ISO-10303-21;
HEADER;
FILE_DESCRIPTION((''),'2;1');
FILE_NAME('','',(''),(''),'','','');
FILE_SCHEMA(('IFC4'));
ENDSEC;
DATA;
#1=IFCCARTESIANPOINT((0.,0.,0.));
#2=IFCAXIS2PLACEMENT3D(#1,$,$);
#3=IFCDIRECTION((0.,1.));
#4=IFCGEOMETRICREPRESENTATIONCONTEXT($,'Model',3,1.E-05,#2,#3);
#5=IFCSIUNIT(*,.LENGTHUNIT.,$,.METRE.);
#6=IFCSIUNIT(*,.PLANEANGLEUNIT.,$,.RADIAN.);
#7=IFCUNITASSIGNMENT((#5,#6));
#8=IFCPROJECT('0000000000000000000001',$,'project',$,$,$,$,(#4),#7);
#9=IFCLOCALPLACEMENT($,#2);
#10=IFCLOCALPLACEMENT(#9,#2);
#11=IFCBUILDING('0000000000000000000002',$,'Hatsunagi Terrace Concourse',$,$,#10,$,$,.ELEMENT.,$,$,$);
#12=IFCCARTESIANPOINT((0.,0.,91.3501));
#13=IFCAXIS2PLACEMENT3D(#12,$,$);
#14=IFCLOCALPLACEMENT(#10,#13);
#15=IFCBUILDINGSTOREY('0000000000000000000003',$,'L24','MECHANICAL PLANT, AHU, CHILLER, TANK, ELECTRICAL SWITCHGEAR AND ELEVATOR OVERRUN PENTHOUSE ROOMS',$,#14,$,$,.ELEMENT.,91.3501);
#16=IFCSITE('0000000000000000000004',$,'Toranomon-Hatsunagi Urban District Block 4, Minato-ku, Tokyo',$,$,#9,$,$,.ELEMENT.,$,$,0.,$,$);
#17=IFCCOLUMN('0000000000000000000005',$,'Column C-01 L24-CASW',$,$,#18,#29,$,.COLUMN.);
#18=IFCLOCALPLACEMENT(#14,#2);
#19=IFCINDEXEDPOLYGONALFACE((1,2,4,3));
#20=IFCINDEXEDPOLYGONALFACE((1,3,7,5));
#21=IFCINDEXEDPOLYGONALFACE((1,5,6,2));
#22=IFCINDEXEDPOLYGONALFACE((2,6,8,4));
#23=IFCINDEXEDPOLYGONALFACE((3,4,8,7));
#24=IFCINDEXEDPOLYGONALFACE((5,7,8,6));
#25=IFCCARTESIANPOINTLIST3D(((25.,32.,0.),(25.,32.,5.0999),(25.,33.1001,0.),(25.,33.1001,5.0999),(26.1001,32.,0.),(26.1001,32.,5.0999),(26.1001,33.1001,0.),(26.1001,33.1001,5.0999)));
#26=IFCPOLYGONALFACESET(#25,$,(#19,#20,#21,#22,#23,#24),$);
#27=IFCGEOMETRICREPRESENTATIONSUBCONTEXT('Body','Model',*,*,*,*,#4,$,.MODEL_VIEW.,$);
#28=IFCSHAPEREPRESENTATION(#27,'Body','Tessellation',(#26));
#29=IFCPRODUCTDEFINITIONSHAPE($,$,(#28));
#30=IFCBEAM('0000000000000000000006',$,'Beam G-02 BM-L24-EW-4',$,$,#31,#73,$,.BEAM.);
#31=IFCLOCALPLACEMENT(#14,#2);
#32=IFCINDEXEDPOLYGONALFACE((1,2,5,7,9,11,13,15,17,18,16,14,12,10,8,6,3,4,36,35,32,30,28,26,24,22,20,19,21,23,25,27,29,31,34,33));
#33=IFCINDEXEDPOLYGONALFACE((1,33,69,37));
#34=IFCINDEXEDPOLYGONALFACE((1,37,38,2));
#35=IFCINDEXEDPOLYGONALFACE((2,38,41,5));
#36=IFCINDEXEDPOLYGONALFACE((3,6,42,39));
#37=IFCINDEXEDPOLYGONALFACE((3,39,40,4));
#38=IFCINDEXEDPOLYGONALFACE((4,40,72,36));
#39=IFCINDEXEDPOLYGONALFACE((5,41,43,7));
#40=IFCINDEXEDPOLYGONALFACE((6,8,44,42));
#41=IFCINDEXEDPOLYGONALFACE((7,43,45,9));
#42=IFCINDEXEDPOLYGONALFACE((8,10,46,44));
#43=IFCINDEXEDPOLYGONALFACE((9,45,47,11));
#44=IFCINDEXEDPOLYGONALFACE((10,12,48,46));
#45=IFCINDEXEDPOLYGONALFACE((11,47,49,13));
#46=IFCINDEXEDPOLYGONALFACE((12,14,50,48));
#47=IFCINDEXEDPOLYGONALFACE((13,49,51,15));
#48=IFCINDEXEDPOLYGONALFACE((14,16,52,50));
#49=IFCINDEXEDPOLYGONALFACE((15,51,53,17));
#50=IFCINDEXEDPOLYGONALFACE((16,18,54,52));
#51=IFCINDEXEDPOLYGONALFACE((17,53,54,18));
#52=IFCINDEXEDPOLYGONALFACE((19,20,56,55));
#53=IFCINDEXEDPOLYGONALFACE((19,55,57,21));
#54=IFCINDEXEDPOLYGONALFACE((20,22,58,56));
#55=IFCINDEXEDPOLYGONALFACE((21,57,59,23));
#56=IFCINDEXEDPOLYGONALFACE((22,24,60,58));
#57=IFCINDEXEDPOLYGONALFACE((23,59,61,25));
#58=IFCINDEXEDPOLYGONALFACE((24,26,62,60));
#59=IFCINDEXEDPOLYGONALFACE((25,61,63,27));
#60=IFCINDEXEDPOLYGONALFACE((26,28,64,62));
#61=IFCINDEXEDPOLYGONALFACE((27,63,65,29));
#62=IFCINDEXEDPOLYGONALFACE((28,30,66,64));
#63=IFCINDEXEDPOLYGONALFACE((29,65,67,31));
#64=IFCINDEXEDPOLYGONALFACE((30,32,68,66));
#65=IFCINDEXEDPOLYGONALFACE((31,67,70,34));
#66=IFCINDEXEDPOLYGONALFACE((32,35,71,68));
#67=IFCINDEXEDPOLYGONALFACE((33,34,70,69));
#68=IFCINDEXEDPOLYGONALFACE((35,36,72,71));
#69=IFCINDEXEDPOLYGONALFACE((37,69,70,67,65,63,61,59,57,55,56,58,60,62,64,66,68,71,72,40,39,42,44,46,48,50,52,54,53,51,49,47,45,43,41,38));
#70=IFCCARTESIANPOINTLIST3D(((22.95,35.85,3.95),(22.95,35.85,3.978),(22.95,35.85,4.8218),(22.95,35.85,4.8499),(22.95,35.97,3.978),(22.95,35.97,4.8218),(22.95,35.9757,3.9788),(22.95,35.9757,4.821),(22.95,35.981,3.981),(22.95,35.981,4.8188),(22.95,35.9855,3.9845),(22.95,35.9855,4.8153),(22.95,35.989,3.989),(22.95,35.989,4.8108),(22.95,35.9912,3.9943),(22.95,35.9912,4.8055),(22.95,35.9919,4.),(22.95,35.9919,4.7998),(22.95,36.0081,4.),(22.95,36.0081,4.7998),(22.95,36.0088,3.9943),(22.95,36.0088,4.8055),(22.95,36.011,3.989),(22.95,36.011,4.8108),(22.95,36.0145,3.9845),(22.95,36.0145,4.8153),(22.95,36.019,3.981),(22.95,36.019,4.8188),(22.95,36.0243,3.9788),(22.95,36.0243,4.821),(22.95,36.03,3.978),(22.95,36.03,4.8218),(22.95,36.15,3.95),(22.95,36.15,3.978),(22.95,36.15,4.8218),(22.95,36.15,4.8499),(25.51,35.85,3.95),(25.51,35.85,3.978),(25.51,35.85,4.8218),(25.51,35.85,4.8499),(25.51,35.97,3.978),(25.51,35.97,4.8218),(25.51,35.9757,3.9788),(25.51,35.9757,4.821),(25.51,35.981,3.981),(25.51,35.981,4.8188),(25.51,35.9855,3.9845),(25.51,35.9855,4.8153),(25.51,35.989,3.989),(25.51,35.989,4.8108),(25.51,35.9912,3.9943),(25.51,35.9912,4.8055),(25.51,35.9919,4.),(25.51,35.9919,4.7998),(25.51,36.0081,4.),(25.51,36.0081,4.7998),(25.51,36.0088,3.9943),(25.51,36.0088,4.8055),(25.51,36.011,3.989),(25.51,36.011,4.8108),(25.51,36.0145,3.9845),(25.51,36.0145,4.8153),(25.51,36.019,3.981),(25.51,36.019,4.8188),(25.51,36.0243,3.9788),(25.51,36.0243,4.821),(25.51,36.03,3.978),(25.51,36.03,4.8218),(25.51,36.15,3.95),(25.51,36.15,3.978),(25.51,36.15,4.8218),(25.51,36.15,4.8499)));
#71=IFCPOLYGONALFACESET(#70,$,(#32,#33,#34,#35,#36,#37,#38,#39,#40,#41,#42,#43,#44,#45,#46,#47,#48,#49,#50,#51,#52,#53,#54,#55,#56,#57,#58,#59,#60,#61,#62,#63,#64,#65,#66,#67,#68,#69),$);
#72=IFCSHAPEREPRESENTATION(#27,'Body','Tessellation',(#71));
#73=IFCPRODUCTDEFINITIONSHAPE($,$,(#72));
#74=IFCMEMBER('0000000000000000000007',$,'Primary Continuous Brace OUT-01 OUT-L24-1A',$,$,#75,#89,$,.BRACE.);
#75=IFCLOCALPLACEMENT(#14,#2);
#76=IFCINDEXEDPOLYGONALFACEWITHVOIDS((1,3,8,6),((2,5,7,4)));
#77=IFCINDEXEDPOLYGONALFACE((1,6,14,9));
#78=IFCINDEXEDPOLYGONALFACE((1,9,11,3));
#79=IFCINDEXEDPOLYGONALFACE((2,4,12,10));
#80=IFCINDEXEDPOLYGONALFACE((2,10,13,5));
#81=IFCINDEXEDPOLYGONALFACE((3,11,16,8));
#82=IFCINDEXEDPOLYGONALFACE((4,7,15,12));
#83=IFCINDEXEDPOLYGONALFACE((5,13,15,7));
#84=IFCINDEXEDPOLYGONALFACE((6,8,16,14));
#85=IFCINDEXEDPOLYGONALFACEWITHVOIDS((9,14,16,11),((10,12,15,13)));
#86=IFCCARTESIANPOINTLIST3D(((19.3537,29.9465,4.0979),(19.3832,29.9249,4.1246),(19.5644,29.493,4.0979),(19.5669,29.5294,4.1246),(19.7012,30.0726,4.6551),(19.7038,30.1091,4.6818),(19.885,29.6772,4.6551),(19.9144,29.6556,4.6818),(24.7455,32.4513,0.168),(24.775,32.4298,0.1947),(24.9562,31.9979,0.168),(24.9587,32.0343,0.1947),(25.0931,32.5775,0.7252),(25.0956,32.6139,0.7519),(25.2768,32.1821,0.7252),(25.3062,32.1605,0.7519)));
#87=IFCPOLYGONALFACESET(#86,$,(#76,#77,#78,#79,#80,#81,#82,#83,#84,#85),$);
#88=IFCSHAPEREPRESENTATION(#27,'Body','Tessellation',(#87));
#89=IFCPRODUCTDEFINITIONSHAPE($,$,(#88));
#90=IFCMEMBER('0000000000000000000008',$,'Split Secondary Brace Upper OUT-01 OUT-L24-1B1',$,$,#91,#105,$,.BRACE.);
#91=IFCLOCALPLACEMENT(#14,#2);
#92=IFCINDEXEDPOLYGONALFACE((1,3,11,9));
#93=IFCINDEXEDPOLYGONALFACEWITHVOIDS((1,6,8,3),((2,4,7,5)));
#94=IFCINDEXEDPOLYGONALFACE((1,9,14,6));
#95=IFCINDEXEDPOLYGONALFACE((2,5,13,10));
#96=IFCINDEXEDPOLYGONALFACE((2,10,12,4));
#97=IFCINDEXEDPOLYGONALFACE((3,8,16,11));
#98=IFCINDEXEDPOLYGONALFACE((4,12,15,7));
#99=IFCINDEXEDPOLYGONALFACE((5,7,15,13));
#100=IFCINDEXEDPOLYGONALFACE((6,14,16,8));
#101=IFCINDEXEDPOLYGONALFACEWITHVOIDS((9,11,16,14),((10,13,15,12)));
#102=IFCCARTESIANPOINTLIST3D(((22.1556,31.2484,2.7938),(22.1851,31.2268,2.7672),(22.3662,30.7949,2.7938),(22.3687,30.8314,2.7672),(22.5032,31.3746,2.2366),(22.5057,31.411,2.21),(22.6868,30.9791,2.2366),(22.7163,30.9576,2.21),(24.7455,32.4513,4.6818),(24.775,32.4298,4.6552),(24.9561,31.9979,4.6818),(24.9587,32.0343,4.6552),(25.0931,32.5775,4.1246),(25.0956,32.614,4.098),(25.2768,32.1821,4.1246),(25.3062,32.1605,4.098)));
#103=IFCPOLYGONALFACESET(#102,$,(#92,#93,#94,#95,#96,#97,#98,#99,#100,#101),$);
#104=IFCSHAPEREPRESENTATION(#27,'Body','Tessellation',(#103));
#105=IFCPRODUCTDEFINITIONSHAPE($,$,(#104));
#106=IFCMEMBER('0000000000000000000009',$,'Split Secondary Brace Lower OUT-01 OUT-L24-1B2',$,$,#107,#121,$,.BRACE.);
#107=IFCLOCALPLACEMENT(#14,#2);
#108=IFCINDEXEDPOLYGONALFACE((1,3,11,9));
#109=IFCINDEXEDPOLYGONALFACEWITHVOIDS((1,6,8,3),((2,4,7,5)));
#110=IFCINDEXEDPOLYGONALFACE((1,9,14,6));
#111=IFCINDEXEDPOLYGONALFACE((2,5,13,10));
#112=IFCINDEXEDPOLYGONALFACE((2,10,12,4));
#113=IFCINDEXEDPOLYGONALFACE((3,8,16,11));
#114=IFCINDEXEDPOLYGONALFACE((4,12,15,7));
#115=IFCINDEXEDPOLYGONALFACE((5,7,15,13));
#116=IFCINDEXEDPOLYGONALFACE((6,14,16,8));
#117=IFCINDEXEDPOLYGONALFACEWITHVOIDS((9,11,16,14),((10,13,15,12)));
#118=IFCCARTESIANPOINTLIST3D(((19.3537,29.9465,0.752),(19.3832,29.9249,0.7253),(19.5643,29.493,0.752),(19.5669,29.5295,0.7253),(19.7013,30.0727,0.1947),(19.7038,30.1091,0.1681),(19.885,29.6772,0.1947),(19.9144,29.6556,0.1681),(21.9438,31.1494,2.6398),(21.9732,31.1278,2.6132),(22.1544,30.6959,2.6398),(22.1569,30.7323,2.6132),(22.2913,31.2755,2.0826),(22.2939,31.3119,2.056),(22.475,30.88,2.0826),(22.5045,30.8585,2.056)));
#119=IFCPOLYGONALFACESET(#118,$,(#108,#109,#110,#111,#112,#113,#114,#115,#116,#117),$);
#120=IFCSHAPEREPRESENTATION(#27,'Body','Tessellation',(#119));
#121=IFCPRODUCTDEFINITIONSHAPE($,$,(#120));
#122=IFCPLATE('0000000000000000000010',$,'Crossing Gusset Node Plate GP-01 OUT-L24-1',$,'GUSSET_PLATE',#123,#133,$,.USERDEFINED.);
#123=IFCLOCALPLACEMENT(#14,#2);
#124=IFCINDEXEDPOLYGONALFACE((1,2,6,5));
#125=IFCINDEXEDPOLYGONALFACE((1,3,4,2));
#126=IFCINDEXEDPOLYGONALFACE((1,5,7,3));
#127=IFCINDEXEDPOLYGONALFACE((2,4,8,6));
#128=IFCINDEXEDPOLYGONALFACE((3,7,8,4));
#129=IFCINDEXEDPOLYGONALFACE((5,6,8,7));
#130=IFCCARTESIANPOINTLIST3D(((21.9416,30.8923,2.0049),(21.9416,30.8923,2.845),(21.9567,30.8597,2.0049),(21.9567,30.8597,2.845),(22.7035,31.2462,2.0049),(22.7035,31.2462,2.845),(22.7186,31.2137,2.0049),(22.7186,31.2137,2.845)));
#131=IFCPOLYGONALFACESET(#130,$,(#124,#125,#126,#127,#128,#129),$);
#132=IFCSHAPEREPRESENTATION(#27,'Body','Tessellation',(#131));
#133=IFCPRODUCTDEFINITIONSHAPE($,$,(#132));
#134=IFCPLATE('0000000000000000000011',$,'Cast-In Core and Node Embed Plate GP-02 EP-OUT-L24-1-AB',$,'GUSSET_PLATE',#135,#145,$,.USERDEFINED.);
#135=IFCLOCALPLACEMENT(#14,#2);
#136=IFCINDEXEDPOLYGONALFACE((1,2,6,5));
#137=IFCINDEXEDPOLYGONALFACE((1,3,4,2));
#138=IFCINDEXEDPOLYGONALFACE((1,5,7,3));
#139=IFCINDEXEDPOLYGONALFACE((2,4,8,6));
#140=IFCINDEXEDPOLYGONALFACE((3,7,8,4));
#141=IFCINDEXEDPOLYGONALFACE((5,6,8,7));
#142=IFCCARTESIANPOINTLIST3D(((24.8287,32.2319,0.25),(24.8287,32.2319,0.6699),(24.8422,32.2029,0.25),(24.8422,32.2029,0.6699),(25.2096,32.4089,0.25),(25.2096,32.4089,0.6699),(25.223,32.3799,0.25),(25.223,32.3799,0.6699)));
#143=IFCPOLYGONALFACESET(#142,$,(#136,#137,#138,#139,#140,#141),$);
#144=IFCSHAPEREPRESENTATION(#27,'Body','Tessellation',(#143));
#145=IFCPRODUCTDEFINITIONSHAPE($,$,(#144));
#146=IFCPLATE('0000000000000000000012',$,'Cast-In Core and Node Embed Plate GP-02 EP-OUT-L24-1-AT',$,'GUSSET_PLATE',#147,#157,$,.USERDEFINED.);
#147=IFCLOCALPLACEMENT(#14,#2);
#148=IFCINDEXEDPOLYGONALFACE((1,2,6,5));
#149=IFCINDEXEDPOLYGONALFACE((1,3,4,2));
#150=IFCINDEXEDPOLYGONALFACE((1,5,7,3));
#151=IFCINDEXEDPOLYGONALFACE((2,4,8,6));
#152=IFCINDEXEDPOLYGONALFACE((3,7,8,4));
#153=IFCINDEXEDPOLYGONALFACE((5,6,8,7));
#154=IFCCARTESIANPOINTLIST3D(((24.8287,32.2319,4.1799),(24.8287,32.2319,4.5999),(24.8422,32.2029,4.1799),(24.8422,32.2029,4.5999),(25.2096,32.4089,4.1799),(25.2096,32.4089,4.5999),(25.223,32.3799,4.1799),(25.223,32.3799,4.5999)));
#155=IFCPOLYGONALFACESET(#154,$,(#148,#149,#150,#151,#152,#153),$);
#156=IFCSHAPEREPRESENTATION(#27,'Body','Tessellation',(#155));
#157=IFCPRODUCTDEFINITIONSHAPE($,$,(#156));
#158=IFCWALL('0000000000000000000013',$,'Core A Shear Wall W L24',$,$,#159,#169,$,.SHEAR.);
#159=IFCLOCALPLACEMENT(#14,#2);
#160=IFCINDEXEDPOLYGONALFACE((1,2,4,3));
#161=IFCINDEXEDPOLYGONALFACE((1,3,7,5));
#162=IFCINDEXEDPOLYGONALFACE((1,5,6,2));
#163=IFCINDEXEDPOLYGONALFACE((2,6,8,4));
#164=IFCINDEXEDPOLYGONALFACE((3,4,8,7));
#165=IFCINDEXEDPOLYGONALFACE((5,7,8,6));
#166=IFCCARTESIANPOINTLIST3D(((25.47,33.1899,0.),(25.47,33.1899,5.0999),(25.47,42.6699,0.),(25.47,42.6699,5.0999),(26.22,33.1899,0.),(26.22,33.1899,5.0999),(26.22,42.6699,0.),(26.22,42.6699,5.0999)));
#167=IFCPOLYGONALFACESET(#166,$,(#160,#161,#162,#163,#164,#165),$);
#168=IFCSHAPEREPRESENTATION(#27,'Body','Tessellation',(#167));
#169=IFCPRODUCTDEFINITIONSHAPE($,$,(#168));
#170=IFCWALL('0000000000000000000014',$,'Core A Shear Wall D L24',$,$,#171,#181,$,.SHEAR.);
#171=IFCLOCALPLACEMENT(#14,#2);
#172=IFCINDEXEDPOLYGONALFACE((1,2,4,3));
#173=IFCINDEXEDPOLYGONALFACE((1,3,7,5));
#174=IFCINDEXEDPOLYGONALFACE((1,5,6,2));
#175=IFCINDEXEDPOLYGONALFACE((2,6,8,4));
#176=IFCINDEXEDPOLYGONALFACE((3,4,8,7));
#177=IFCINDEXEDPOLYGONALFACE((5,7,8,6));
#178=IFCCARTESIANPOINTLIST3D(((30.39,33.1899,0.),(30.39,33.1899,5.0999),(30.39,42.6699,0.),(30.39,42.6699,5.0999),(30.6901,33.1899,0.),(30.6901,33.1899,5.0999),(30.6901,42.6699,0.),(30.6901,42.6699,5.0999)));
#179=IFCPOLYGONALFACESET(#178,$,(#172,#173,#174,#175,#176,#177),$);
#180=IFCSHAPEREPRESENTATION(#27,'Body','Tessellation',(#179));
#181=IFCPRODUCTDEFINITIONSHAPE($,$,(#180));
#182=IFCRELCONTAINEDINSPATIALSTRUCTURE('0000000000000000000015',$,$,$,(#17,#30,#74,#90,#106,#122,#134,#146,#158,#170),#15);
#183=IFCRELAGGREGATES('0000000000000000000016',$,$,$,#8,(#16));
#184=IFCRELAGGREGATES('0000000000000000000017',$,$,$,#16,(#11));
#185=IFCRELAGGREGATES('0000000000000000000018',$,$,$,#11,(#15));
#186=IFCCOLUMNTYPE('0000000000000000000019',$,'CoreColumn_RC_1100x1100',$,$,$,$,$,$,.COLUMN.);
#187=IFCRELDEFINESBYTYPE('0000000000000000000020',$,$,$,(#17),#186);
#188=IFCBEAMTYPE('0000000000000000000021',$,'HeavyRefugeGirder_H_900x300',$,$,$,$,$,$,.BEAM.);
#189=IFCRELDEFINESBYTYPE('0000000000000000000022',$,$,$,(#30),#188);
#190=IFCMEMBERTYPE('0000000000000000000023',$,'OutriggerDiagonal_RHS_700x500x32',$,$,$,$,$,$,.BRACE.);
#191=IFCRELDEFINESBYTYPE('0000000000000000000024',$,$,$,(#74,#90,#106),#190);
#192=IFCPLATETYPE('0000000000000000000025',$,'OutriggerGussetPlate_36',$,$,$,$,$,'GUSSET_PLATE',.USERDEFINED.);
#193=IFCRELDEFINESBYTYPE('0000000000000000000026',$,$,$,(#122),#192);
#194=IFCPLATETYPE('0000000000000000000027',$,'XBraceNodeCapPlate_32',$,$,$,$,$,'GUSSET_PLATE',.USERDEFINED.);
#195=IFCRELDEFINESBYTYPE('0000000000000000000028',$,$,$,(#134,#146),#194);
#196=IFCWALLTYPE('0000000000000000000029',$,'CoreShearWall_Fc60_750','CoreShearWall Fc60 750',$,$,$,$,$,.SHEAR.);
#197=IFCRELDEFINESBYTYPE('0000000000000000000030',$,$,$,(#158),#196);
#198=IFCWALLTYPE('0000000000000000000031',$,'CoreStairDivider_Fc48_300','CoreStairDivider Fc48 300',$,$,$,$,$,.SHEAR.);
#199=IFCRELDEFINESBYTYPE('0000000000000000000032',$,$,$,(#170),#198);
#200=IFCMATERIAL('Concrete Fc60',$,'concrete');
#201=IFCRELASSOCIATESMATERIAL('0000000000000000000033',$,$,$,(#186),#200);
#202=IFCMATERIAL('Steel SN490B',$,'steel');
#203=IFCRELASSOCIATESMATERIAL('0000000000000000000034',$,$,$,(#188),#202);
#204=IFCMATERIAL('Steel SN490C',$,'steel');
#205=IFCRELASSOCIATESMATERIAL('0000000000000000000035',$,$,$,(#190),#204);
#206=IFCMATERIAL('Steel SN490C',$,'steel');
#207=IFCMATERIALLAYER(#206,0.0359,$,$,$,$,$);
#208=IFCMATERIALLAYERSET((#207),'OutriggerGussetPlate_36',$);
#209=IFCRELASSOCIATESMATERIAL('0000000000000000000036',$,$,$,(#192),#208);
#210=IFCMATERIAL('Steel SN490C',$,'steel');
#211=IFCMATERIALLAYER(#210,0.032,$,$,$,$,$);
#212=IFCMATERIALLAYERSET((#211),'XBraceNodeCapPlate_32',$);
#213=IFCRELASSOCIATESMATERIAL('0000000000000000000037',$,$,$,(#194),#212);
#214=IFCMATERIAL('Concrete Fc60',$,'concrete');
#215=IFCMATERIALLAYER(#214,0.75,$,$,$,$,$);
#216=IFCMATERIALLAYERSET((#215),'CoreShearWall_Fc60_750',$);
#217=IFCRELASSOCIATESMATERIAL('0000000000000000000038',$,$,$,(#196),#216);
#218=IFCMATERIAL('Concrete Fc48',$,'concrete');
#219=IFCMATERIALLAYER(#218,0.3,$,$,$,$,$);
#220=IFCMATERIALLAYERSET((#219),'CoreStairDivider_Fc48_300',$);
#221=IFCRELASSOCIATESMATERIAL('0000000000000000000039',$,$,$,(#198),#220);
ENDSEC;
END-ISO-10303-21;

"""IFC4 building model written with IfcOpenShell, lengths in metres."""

from ifc_helpers import new_model, si_unit, direction, frame, frame_2d, origin, origin_2d, place, context, subcontext, project, spatial, rectangle, hollow_rectangle, i_section, extrude, material, layer, layer_set, material_profile, profile_set, type_object, element, save


model = new_model("IFC4")

# Units and contexts
model_context = context("Model", 3, precision=1e-05, world=origin(), true_north=direction((0.0, 1.0)))
body_context = subcontext(model_context, "Body", "Model", "MODEL_VIEW")
ifc_project = project(units=[si_unit("LENGTHUNIT", "METRE"), si_unit("PLANEANGLEUNIT", "RADIAN")], contexts=[model_context])

# Site, building, storey
site_placement = place(None, origin())
site = spatial("IfcSite", under=ifc_project, at=site_placement, Name="Toranomon-Hatsunagi Urban District Block 4, Minato-ku, Tokyo", CompositionType="ELEMENT", RefElevation=0.0)
building_placement = place(site_placement, origin())
building = spatial("IfcBuilding", under=site, at=building_placement, Name="Hatsunagi Terrace Concourse", CompositionType="ELEMENT")
storey_placement = place(building_placement, frame((0.0, 0.0, 91.3501)))
storey = spatial("IfcBuildingStorey", under=building, at=storey_placement, Name="L24", Description="MECHANICAL PLANT, AHU, CHILLER, TANK, ELECTRICAL SWITCHGEAR AND ELEVATOR OVERRUN PENTHOUSE ROOMS", CompositionType="ELEMENT", Elevation=91.3501)

# Column
ifc_material_1 = material(Name="Concrete Fc60", Category="concrete")
ifc_material_profile_1 = material_profile(ifc_material_1, rectangle(XDim=1.1001, YDim=1.1001, at=origin_2d()), Name="RC-1100x1100")
ifc_profile_set_1 = profile_set([ifc_material_profile_1], Name="Concrete Fc60")
column_type = type_object("IfcColumnType", Name="CoreColumn_RC_1100x1100", PredefinedType="COLUMN", material=ifc_profile_set_1)
column_placement = place(storey_placement, frame((25.55, 32.55, 0.0), z_axis=(0.0, 0.0, 1.0), x_axis=(1.0, 0.0, 0.0)))
element("IfcColumn", 1, at=column_placement, inside=storey, type_object=column_type, Name="Column C-01 L24-CASW", PredefinedType="COLUMN", context=body_context, shape_type="SweptSolid", body=[
    extrude(rectangle(XDim=1.1001, YDim=1.1001, at=origin_2d()), origin(), (0.0, 0.0, 1.0), 5.0999),
])

# Beam
ifc_material_2 = material(Name="Steel SN490B", Category="steel")
ifc_material_profile_2 = material_profile(ifc_material_2, i_section(OverallWidth=0.3, OverallDepth=0.8999, WebThickness=0.0161, FlangeThickness=0.0281, FilletRadius=0.022, at=origin_2d()), Name="H-900x300x16x28")
ifc_profile_set_2 = profile_set([ifc_material_profile_2], Name="Steel SN490B")
beam_type = type_object("IfcBeamType", Name="HeavyRefugeGirder_H_900x300", PredefinedType="BEAM", material=ifc_profile_set_2)
beam_placement = place(storey_placement, frame((22.95, 36.0, 4.3999), z_axis=(1.0, 0.0, 0.0), x_axis=(0.0, 1.0, 0.0)))
element("IfcBeam", 2, at=beam_placement, inside=storey, type_object=beam_type, Name="Beam G-02 BM-L24-EW-4", PredefinedType="BEAM", context=body_context, shape_type="SweptSolid", body=[
    extrude(i_section(OverallWidth=0.3, OverallDepth=0.8999, WebThickness=0.0161, FlangeThickness=0.0281, FilletRadius=0.022, at=origin_2d()), origin(), (0.0, 0.0, 1.0), 2.5601),
])

# Members
ifc_material_3 = material(Name="Steel SN490C", Category="steel")
ifc_material_profile_3 = material_profile(ifc_material_3, hollow_rectangle(XDim=0.5, YDim=0.7, WallThickness=0.032, at=origin_2d()), Name="RHS-700x500x32")
ifc_profile_set_3 = profile_set([ifc_material_profile_3], Name="Steel SN490C")
member_type = type_object("IfcMemberType", Name="OutriggerDiagonal_RHS_700x500x32", PredefinedType="BRACE", material=ifc_profile_set_3)
member_placement = place(storey_placement, frame((25.0259, 32.3059, 0.46), z_axis=(-0.756563, -0.351475, 0.551433), x_axis=(0.421322, -0.906911, 0.0)))
element("IfcMember", 3, at=member_placement, inside=storey, type_object=member_type, Name="Primary Continuous Brace OUT-01 OUT-L24-1A", PredefinedType="BRACE", context=body_context, shape_type="SweptSolid", body=[
    extrude(hollow_rectangle(XDim=0.5, YDim=0.7, WallThickness=0.032, at=origin_2d()), origin(), (0.0, 0.0, 1.0), 7.1267),
])
for number, where, z_axis, x_axis, name in (
    (4, (25.0259, 32.3059, 4.3899), (-0.756549, -0.351387, -0.551508), (0.421242, -0.906948, 0.0), "Split Secondary Brace Upper OUT-01 OUT-L24-1B1"),
    (5, (22.2241, 31.0039, 2.3479), (-0.756579, -0.351368, -0.551478), (0.421209, -0.906963, 0.0), "Split Secondary Brace Lower OUT-01 OUT-L24-1B2"),
):
    element("IfcMember", number, at=place(storey_placement, frame(where, z_axis=z_axis, x_axis=x_axis)), inside=storey, type_object=member_type, Name=name, PredefinedType="BRACE", context=body_context, shape_type="SweptSolid", body=[
        extrude(hollow_rectangle(XDim=0.5, YDim=0.7, WallThickness=0.032, at=origin_2d()), origin(), (0.0, 0.0, 1.0), 3.4233),
    ])

# Plates
ifc_material_4 = material(Name="Steel SN490C", Category="steel")
ifc_layer_1 = layer(ifc_material_4, 0.0359)
ifc_layer_set_1 = layer_set([ifc_layer_1], Name="OutriggerGussetPlate_36")
plate_type_1 = type_object("IfcPlateType", Name="OutriggerGussetPlate_36", ElementType="GUSSET_PLATE", PredefinedType="USERDEFINED", material=ifc_layer_set_1)
plate_placement = place(storey_placement, frame((22.3301, 31.053, 2.0049), z_axis=(0.0, 0.0, 1.0), x_axis=(-0.906912, -0.421321, 0.0)))
element("IfcPlate", 6, at=plate_placement, inside=storey, type_object=plate_type_1, Name="Crossing Gusset Node Plate GP-01 OUT-L24-1", ObjectType="GUSSET_PLATE", PredefinedType="USERDEFINED", context=body_context, shape_type="SweptSolid", body=[
    extrude(rectangle(XDim=0.8401, YDim=0.0359, at=origin_2d()), origin(), (0.0, 0.0, 1.0), 0.8401),
])
ifc_material_5 = material(Name="Steel SN490C", Category="steel")
ifc_layer_2 = layer(ifc_material_5, 0.032)
ifc_layer_set_2 = layer_set([ifc_layer_2], Name="XBraceNodeCapPlate_32")
plate_type_2 = type_object("IfcPlateType", Name="XBraceNodeCapPlate_32", ElementType="GUSSET_PLATE", PredefinedType="USERDEFINED", material=ifc_layer_set_2)
for number, where, z_axis, x_axis, name in (
    (7, (25.0259, 32.3059, 0.25), (0.0, 0.0, 1.0), (-0.906912, -0.421321, 0.0), "Cast-In Core and Node Embed Plate GP-02 EP-OUT-L24-1-AB"),
    (8, (25.0259, 32.3059, 4.1799), (0.0, 0.0, 1.0), (-0.906912, -0.421321, 0.0), "Cast-In Core and Node Embed Plate GP-02 EP-OUT-L24-1-AT"),
):
    element("IfcPlate", number, at=place(storey_placement, frame(where, z_axis=z_axis, x_axis=x_axis)), inside=storey, type_object=plate_type_2, Name=name, ObjectType="GUSSET_PLATE", PredefinedType="USERDEFINED", context=body_context, shape_type="SweptSolid", body=[
        extrude(rectangle(XDim=0.4199, YDim=0.032, at=origin_2d()), origin(), (0.0, 0.0, 1.0), 0.4199),
    ])

# Shared definitions
ifc_material_6 = material(Name="Concrete Fc60", Category="concrete")
ifc_layer_3 = layer(ifc_material_6, 0.75)
ifc_layer_set_3 = layer_set([ifc_layer_3], Name="CoreShearWall_Fc60_750")
wall_type_1 = type_object("IfcWallType", Name="CoreShearWall_Fc60_750", Description="CoreShearWall Fc60 750", PredefinedType="SHEAR", material=ifc_layer_set_3)

# Walls
wall_1_placement = place(storey_placement, frame((25.845, 33.1899, 0.0), z_axis=(0.0, 0.0, 1.0), x_axis=(0.0, 1.0, 0.0)))
element("IfcWall", 9, at=wall_1_placement, inside=storey, type_object=wall_type_1, Name="Core A Shear Wall W L24", PredefinedType="SHEAR", context=body_context, shape_type="SweptSolid", body=[
    extrude(rectangle(XDim=9.48, YDim=0.75, at=frame_2d((4.74, 0.0))), origin(), (0.0, 0.0, 1.0), 5.0999),
])
ifc_material_7 = material(Name="Concrete Fc48", Category="concrete")
ifc_layer_4 = layer(ifc_material_7, 0.3)
ifc_layer_set_4 = layer_set([ifc_layer_4], Name="CoreStairDivider_Fc48_300")
wall_type_2 = type_object("IfcWallType", Name="CoreStairDivider_Fc48_300", Description="CoreStairDivider Fc48 300", PredefinedType="SHEAR", material=ifc_layer_set_4)
wall_2_placement = place(storey_placement, frame((30.54, 33.1899, 0.0), z_axis=(0.0, 0.0, 1.0), x_axis=(0.0, 1.0, 0.0)))
element("IfcWall", 10, at=wall_2_placement, inside=storey, type_object=wall_type_2, Name="Core A Shear Wall D L24", PredefinedType="SHEAR", context=body_context, shape_type="SweptSolid", body=[
    extrude(rectangle(XDim=9.48, YDim=0.3, at=frame_2d((4.74, 0.0))), origin(), (0.0, 0.0, 1.0), 5.0999),
])

save(model, "model.ifc")
